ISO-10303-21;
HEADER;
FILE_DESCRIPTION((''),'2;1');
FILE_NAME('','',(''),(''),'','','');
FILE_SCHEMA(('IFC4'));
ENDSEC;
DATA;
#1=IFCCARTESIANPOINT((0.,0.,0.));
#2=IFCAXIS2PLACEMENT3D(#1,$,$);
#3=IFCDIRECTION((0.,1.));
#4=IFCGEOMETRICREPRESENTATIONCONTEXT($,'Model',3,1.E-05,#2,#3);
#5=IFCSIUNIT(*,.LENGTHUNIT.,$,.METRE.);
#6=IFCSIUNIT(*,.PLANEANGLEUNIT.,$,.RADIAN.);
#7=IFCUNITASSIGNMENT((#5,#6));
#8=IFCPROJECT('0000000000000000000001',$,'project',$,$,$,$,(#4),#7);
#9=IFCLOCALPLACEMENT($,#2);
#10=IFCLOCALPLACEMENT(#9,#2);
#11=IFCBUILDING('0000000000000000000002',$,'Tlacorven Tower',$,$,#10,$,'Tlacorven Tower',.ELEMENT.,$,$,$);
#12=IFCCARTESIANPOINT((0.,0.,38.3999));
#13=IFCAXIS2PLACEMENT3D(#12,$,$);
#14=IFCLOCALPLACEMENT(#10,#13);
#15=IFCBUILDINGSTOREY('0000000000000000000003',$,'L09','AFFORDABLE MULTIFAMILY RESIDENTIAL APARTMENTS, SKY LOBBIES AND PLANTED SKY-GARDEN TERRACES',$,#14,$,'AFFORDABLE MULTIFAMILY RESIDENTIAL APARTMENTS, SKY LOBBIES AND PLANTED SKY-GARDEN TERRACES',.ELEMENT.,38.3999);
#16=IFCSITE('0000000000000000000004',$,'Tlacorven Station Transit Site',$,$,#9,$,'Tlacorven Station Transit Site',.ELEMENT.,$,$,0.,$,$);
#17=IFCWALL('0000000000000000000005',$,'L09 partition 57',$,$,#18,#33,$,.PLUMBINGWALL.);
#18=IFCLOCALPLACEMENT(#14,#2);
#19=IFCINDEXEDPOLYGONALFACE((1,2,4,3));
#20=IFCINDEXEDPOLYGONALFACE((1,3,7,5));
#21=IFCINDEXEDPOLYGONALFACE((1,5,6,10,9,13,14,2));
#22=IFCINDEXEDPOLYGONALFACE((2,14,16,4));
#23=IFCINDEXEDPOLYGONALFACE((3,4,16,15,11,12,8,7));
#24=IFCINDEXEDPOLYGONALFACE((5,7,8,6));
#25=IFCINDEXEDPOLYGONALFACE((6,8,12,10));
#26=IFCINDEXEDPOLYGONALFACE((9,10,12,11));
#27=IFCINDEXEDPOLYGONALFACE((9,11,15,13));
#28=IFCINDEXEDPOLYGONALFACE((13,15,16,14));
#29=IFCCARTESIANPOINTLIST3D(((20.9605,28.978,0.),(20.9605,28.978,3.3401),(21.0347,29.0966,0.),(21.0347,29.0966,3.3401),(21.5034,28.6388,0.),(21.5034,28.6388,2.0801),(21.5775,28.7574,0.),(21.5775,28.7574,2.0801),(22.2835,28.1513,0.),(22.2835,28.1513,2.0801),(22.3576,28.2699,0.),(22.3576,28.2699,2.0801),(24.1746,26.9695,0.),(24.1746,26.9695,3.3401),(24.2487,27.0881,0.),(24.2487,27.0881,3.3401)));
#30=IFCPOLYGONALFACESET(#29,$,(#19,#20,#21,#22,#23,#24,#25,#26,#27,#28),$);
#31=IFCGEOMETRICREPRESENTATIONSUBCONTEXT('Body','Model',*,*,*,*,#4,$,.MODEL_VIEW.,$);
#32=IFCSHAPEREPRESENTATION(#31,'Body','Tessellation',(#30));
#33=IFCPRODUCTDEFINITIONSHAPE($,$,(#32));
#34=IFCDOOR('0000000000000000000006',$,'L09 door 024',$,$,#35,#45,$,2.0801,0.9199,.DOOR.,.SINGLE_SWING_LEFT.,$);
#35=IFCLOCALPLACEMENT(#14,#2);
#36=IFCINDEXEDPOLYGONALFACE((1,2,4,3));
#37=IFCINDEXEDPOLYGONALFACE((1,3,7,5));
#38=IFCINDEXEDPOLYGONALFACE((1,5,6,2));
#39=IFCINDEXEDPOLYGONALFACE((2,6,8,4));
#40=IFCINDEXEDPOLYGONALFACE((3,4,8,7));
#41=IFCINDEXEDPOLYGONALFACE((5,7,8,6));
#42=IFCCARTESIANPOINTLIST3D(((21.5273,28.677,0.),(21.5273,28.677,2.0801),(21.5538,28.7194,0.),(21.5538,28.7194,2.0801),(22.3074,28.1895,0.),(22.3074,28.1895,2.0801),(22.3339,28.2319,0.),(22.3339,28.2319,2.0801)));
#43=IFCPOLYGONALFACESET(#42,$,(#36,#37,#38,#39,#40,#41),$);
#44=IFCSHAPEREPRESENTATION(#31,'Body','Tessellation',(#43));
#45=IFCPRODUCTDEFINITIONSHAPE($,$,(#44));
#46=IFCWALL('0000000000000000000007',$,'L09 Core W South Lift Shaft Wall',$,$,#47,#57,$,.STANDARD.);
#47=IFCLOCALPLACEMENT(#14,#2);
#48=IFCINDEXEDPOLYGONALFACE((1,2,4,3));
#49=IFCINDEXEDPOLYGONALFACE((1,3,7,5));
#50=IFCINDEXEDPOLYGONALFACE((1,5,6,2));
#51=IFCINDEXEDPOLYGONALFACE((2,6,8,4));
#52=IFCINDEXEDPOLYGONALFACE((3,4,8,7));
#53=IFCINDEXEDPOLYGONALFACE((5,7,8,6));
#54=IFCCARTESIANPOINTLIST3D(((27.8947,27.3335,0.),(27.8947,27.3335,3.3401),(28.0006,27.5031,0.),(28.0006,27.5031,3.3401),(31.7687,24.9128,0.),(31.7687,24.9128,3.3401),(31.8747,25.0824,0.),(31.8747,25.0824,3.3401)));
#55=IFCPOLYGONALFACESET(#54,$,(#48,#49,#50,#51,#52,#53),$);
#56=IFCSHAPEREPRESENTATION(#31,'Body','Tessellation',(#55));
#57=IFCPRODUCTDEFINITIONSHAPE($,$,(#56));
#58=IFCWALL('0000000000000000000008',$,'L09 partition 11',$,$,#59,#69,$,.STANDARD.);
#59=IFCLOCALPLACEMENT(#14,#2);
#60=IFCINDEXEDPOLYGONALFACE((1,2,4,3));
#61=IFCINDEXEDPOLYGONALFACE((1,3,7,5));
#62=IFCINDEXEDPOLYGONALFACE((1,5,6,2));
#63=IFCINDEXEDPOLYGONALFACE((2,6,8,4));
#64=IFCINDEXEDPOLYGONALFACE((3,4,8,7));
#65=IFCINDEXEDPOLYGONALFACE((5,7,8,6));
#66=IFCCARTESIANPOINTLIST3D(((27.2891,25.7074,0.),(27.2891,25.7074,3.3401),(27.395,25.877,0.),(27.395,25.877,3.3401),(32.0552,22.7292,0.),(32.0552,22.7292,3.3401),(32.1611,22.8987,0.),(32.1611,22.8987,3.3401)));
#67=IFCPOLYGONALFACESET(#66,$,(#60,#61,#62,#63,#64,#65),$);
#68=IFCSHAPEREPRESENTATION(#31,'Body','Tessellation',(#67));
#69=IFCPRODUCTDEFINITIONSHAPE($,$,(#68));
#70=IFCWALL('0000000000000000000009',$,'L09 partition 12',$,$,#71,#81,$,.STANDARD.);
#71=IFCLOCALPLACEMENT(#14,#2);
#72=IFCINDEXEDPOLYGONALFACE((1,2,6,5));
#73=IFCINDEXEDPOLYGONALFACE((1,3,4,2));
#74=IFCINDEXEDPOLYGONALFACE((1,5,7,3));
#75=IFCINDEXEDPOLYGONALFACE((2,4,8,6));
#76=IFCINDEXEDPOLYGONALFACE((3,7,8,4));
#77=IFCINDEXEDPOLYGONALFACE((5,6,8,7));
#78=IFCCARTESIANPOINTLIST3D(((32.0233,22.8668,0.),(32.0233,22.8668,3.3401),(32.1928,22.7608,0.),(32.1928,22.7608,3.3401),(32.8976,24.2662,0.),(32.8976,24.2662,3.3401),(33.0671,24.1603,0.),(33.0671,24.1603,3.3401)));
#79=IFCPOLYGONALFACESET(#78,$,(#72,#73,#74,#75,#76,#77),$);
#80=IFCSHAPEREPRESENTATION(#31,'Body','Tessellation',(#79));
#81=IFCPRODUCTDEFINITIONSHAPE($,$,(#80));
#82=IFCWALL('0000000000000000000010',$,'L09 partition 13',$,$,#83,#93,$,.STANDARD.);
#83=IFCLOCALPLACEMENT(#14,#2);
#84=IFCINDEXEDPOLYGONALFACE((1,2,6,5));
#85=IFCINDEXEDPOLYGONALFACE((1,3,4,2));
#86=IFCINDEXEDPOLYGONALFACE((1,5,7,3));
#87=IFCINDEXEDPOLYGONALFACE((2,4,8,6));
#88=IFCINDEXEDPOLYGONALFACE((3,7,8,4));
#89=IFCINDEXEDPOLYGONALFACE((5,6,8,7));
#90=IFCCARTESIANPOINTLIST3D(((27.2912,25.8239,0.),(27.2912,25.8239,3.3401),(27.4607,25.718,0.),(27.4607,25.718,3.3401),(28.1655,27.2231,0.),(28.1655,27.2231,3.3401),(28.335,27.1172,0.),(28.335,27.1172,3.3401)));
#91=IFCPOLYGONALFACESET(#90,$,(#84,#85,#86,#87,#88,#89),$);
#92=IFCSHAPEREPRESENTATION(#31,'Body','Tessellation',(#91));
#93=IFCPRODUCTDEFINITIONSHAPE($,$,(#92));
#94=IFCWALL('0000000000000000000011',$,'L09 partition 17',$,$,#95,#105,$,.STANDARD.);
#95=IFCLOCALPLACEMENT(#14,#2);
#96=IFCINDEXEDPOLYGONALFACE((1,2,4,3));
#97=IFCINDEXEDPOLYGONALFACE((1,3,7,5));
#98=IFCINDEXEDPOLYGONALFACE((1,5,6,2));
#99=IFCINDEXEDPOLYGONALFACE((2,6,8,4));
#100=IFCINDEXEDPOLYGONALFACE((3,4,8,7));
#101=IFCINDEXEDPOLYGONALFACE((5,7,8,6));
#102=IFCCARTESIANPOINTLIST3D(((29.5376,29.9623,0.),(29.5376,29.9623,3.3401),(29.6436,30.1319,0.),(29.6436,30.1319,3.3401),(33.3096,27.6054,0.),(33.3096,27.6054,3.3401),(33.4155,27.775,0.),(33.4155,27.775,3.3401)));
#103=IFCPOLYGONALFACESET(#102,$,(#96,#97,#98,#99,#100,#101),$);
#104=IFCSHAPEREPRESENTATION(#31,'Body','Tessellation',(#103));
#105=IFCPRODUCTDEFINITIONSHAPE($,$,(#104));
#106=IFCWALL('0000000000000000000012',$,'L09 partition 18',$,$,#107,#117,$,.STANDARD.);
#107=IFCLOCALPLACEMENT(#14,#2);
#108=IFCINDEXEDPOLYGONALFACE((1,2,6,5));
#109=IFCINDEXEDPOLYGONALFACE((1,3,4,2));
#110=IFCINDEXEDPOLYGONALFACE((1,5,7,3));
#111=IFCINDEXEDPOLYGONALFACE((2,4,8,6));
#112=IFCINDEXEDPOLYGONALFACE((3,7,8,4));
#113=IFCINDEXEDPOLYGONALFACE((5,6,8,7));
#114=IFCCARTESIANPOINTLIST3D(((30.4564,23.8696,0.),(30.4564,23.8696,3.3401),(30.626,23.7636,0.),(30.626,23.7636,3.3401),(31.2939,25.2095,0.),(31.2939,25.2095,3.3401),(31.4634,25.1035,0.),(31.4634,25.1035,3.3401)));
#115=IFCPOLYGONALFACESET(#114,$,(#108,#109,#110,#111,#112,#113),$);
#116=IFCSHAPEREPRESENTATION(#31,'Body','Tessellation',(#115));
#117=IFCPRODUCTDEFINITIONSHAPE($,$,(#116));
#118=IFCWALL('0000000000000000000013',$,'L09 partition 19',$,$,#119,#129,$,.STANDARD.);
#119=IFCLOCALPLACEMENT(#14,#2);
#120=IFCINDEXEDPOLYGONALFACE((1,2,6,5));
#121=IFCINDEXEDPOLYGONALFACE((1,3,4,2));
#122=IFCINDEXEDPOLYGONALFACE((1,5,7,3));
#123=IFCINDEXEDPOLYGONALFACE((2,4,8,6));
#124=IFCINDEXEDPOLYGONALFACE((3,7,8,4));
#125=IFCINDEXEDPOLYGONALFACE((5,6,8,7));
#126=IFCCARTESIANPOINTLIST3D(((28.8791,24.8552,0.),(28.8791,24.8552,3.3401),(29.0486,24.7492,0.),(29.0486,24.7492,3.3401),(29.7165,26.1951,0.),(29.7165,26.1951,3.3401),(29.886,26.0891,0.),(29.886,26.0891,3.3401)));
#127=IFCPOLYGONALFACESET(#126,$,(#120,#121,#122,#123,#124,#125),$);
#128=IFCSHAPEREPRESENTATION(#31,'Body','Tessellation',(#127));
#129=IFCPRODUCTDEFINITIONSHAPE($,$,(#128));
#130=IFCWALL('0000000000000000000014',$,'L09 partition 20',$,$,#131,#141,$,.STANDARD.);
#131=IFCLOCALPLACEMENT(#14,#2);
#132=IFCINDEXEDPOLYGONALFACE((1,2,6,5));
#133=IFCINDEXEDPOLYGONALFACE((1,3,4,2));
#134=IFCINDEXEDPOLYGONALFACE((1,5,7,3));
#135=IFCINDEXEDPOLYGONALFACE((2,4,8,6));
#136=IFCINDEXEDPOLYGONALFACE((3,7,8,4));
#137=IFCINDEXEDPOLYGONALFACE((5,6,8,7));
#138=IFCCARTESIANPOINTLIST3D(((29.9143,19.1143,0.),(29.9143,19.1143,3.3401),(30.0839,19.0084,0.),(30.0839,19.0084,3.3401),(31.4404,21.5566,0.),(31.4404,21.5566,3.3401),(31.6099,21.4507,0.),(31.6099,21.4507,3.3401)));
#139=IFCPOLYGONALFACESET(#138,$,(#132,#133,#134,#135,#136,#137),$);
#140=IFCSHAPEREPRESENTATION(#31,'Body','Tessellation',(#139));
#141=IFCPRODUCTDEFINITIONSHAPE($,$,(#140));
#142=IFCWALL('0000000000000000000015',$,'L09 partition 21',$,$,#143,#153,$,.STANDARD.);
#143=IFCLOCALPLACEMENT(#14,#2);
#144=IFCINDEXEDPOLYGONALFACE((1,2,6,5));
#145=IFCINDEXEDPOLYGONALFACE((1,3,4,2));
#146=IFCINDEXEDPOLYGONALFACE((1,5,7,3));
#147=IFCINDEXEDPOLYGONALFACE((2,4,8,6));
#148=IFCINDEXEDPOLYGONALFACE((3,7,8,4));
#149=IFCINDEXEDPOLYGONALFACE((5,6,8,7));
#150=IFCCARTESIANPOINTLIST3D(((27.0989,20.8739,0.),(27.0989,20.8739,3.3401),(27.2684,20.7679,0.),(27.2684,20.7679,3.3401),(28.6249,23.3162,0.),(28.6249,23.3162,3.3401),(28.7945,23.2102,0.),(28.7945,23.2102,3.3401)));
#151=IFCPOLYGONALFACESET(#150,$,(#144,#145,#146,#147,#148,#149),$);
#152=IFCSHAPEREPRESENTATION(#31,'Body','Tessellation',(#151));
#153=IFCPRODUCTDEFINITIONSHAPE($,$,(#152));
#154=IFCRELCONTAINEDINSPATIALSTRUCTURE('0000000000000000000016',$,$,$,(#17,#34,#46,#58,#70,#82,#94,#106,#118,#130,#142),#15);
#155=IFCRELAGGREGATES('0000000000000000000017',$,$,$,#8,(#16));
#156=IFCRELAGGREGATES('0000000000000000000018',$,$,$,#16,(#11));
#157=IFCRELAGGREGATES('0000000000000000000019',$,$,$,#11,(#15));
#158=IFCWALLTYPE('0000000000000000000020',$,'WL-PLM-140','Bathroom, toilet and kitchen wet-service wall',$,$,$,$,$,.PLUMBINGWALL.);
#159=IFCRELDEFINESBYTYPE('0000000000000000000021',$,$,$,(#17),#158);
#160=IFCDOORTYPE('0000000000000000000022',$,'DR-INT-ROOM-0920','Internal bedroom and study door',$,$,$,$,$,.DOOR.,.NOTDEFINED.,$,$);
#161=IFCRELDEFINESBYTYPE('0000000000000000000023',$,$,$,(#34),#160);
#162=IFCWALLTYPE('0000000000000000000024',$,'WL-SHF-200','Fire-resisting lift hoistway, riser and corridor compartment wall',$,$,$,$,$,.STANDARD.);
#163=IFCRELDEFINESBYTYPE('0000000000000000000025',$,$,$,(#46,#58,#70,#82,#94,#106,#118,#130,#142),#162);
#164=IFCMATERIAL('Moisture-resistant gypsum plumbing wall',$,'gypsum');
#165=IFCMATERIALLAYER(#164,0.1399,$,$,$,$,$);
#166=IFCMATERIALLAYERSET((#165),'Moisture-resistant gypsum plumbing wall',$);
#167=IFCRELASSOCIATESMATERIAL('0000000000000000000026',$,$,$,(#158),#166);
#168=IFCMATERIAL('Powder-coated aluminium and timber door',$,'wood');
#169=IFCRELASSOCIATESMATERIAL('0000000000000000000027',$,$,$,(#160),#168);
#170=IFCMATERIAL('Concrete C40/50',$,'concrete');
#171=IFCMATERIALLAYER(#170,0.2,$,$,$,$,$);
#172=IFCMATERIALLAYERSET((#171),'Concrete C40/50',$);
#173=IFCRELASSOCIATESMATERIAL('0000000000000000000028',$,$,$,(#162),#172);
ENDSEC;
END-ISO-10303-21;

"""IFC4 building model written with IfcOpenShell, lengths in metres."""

from ifc_helpers import new_model, si_unit, direction, frame, frame_2d, origin, place, context, subcontext, project, spatial, rectangle, extrude, source, transform, mapped, material, layer, layer_set, type_object, element, fill, save


model = new_model("IFC4")

# Units and contexts
model_context = context("Model", 3, precision=1e-05, world=origin(), true_north=direction((0.0, 1.0)))
body_context = subcontext(model_context, "Body", "Model", "MODEL_VIEW")
ifc_project = project(units=[si_unit("LENGTHUNIT", "METRE"), si_unit("PLANEANGLEUNIT", "RADIAN")], contexts=[model_context])

# Site, building, storey
site_placement = place(None, origin())
site = spatial("IfcSite", under=ifc_project, at=site_placement, Name="Tlacorven Station Transit Site", LongName="Tlacorven Station Transit Site", CompositionType="ELEMENT", RefElevation=0.0)
building_placement = place(site_placement, origin())
building = spatial("IfcBuilding", under=site, at=building_placement, Name="Tlacorven Tower", LongName="Tlacorven Tower", CompositionType="ELEMENT")
storey_placement = place(building_placement, frame((0.0, 0.0, 38.3999)))
storey = spatial("IfcBuildingStorey", under=building, at=storey_placement, Name="L09", Description="AFFORDABLE MULTIFAMILY RESIDENTIAL APARTMENTS, SKY LOBBIES AND PLANTED SKY-GARDEN TERRACES", LongName="AFFORDABLE MULTIFAMILY RESIDENTIAL APARTMENTS, SKY LOBBIES AND PLANTED SKY-GARDEN TERRACES", CompositionType="ELEMENT", Elevation=38.3999)

# Wall, opening, door
ifc_material_1 = material(Name="Moisture-resistant gypsum plumbing wall", Category="gypsum")
ifc_layer_1 = layer(ifc_material_1, 0.1399)
ifc_layer_set_1 = layer_set([ifc_layer_1], Name="Moisture-resistant gypsum plumbing wall")
wall_type_1 = type_object("IfcWallType", Name="WL-PLM-140", Description="Bathroom, toilet and kitchen wet-service wall", PredefinedType="PLUMBINGWALL", material=ifc_layer_set_1)
wall_1_placement = place(storey_placement, frame((24.2117, 27.0288, 0.0), z_axis=(0.0, 0.0, 1.0), x_axis=(-0.848031, 0.529947, 0.0)))
wall_1 = element("IfcWall", 1, at=wall_1_placement, inside=storey, type_object=wall_type_1, Name="L09 partition 57", PredefinedType="PLUMBINGWALL", context=body_context, shape_type="SweptSolid", body=[
    extrude(rectangle(XDim=3.79, YDim=0.1399, at=frame_2d((1.895, 0.0))), origin(), (0.0, 0.0, 1.0), 3.3401),
])
opening_1_placement = place(wall_1_placement, frame((2.23, 0.0, 0.0)))
opening_1 = element("IfcOpeningElement", 2, at=opening_1_placement, cuts=wall_1, PredefinedType="OPENING", context=body_context, shape_type="SweptSolid", body=[
    extrude(rectangle(XDim=0.9199, YDim=2.0801, at=frame_2d((0.46, 1.04))), frame((0.0, 0.0801, 0.0), z_axis=(0.0, -1.0, 0.0), x_axis=(1.0, 0.0, 0.0)), (0.0, 0.0, 1.0), 0.1599),
])
ifc_material_2 = material(Name="Powder-coated aluminium and timber door", Category="wood")
door_type_1 = type_object("IfcDoorType", Name="DR-INT-ROOM-0920", Description="Internal bedroom and study door", OperationType="NOTDEFINED", PredefinedType="DOOR", material=ifc_material_2)
shared_shape_1 = source(origin(), body_context, "Body", "SweptSolid", [
    extrude(rectangle(XDim=0.9199, YDim=2.0801, at=frame_2d((0.46, 1.04))), frame((0.0, 0.0249, 0.0), z_axis=(0.0, -1.0, 0.0), x_axis=(1.0, 0.0, 0.0)), (0.0, 0.0, 1.0), 0.05),
])
door_1_placement = place(opening_1_placement, origin())
door_1 = element("IfcDoor", 3, at=door_1_placement, inside=storey, type_object=door_type_1, Name="L09 door 024", OperationType="SINGLE_SWING_LEFT", OverallHeight=2.0801, OverallWidth=0.9199, PredefinedType="DOOR", context=body_context, shape_type="MappedRepresentation", body=[
    mapped(shared_shape_1, transform((0.0, 0.0, 0.0), scale=1.0)),
])
fill(opening_1, door_1)

# Walls
ifc_material_3 = material(Name="Concrete C40/50", Category="concrete")
ifc_layer_2 = layer(ifc_material_3, 0.2)
ifc_layer_set_2 = layer_set([ifc_layer_2], Name="Concrete C40/50")
wall_type_2 = type_object("IfcWallType", Name="WL-SHF-200", Description="Fire-resisting lift hoistway, riser and corridor compartment wall", PredefinedType="STANDARD", material=ifc_layer_set_2)
wall_2_placement = place(storey_placement, frame((31.8218, 24.9976, 0.0), z_axis=(0.0, 0.0, 1.0), x_axis=(-0.848058, 0.529903, 0.0)))
element("IfcWall", 4, at=wall_2_placement, inside=storey, type_object=wall_type_2, Name="L09 Core W South Lift Shaft Wall", PredefinedType="STANDARD", context=body_context, shape_type="SweptSolid", body=[
    extrude(rectangle(XDim=4.5681, YDim=0.2, at=frame_2d((2.2842, 0.0))), origin(), (0.0, 0.0, 1.0), 3.3401),
])
wall_3_placement = place(storey_placement, frame((32.1082, 22.814, 0.0), z_axis=(0.0, 0.0, 1.0), x_axis=(-0.848042, 0.529929, 0.0)))
element("IfcWall", 5, at=wall_3_placement, inside=storey, type_object=wall_type_2, Name="L09 partition 11", PredefinedType="STANDARD", context=body_context, shape_type="SweptSolid", body=[
    extrude(rectangle(XDim=5.6201, YDim=0.2, at=frame_2d((2.8101, 0.0))), origin(), (0.0, 0.0, 1.0), 3.3401),
])
wall_4_placement = place(storey_placement, frame((32.9824, 24.2134, 0.0), z_axis=(0.0, 0.0, 1.0), x_axis=(-0.529839, -0.848098, 0.0)))
element("IfcWall", 6, at=wall_4_placement, inside=storey, type_object=wall_type_2, Name="L09 partition 12", PredefinedType="STANDARD", context=body_context, shape_type="SweptSolid", body=[
    extrude(rectangle(XDim=1.6501, YDim=0.2, at=frame_2d((0.8252, 0.0))), origin(), (0.0, 0.0, 1.0), 3.3401),
])
wall_5_placement = place(storey_placement, frame((28.2502, 27.1702, 0.0), z_axis=(0.0, 0.0, 1.0), x_axis=(-0.529906, -0.848056, 0.0)))
element("IfcWall", 7, at=wall_5_placement, inside=storey, type_object=wall_type_2, Name="L09 partition 13", PredefinedType="STANDARD", context=body_context, shape_type="SweptSolid", body=[
    extrude(rectangle(XDim=1.6499, YDim=0.2, at=frame_2d((0.825, 0.0))), origin(), (0.0, 0.0, 1.0), 3.3401),
])
wall_6_placement = place(storey_placement, frame((33.3625, 27.6902, 0.0), z_axis=(0.0, 0.0, 1.0), x_axis=(-0.848054, 0.52991, 0.0)))
element("IfcWall", 8, at=wall_6_placement, inside=storey, type_object=wall_type_2, Name="L09 partition 17", PredefinedType="STANDARD", context=body_context, shape_type="SweptSolid", body=[
    extrude(rectangle(XDim=4.4478, YDim=0.2, at=frame_2d((2.2239, 0.0))), origin(), (0.0, 0.0, 1.0), 3.3401),
])
for number, where, z_axis, x_axis, name in (
    (9, (31.3787, 25.1565, 0.0), (0.0, 0.0, 1.0), (-0.529999, -0.847998, 0.0), "L09 partition 18"),
    (10, (29.8013, 26.1421, 0.0), (0.0, 0.0, 1.0), (-0.529999, -0.847998, 0.0), "L09 partition 19"),
):
    element("IfcWall", number, at=place(storey_placement, frame(where, z_axis=z_axis, x_axis=x_axis)), inside=storey, type_object=wall_type_2, Name=name, PredefinedType="STANDARD", context=body_context, shape_type="SweptSolid", body=[
        extrude(rectangle(XDim=1.5801, YDim=0.2, at=frame_2d((0.79, 0.0))), origin(), (0.0, 0.0, 1.0), 3.3401),
    ])
for number, where, z_axis, x_axis, name in (
    (11, (31.5251, 21.5037, 0.0), (0.0, 0.0, 1.0), (-0.529907, -0.848055, 0.0), "L09 partition 20"),
    (12, (28.7097, 23.2632, 0.0), (0.0, 0.0, 1.0), (-0.529907, -0.848055, 0.0), "L09 partition 21"),
):
    element("IfcWall", number, at=place(storey_placement, frame(where, z_axis=z_axis, x_axis=x_axis)), inside=storey, type_object=wall_type_2, Name=name, PredefinedType="STANDARD", context=body_context, shape_type="SweptSolid", body=[
        extrude(rectangle(XDim=2.8799, YDim=0.2, at=frame_2d((1.4399, 0.0))), origin(), (0.0, 0.0, 1.0), 3.3401),
    ])

save(model, "model.ifc")
